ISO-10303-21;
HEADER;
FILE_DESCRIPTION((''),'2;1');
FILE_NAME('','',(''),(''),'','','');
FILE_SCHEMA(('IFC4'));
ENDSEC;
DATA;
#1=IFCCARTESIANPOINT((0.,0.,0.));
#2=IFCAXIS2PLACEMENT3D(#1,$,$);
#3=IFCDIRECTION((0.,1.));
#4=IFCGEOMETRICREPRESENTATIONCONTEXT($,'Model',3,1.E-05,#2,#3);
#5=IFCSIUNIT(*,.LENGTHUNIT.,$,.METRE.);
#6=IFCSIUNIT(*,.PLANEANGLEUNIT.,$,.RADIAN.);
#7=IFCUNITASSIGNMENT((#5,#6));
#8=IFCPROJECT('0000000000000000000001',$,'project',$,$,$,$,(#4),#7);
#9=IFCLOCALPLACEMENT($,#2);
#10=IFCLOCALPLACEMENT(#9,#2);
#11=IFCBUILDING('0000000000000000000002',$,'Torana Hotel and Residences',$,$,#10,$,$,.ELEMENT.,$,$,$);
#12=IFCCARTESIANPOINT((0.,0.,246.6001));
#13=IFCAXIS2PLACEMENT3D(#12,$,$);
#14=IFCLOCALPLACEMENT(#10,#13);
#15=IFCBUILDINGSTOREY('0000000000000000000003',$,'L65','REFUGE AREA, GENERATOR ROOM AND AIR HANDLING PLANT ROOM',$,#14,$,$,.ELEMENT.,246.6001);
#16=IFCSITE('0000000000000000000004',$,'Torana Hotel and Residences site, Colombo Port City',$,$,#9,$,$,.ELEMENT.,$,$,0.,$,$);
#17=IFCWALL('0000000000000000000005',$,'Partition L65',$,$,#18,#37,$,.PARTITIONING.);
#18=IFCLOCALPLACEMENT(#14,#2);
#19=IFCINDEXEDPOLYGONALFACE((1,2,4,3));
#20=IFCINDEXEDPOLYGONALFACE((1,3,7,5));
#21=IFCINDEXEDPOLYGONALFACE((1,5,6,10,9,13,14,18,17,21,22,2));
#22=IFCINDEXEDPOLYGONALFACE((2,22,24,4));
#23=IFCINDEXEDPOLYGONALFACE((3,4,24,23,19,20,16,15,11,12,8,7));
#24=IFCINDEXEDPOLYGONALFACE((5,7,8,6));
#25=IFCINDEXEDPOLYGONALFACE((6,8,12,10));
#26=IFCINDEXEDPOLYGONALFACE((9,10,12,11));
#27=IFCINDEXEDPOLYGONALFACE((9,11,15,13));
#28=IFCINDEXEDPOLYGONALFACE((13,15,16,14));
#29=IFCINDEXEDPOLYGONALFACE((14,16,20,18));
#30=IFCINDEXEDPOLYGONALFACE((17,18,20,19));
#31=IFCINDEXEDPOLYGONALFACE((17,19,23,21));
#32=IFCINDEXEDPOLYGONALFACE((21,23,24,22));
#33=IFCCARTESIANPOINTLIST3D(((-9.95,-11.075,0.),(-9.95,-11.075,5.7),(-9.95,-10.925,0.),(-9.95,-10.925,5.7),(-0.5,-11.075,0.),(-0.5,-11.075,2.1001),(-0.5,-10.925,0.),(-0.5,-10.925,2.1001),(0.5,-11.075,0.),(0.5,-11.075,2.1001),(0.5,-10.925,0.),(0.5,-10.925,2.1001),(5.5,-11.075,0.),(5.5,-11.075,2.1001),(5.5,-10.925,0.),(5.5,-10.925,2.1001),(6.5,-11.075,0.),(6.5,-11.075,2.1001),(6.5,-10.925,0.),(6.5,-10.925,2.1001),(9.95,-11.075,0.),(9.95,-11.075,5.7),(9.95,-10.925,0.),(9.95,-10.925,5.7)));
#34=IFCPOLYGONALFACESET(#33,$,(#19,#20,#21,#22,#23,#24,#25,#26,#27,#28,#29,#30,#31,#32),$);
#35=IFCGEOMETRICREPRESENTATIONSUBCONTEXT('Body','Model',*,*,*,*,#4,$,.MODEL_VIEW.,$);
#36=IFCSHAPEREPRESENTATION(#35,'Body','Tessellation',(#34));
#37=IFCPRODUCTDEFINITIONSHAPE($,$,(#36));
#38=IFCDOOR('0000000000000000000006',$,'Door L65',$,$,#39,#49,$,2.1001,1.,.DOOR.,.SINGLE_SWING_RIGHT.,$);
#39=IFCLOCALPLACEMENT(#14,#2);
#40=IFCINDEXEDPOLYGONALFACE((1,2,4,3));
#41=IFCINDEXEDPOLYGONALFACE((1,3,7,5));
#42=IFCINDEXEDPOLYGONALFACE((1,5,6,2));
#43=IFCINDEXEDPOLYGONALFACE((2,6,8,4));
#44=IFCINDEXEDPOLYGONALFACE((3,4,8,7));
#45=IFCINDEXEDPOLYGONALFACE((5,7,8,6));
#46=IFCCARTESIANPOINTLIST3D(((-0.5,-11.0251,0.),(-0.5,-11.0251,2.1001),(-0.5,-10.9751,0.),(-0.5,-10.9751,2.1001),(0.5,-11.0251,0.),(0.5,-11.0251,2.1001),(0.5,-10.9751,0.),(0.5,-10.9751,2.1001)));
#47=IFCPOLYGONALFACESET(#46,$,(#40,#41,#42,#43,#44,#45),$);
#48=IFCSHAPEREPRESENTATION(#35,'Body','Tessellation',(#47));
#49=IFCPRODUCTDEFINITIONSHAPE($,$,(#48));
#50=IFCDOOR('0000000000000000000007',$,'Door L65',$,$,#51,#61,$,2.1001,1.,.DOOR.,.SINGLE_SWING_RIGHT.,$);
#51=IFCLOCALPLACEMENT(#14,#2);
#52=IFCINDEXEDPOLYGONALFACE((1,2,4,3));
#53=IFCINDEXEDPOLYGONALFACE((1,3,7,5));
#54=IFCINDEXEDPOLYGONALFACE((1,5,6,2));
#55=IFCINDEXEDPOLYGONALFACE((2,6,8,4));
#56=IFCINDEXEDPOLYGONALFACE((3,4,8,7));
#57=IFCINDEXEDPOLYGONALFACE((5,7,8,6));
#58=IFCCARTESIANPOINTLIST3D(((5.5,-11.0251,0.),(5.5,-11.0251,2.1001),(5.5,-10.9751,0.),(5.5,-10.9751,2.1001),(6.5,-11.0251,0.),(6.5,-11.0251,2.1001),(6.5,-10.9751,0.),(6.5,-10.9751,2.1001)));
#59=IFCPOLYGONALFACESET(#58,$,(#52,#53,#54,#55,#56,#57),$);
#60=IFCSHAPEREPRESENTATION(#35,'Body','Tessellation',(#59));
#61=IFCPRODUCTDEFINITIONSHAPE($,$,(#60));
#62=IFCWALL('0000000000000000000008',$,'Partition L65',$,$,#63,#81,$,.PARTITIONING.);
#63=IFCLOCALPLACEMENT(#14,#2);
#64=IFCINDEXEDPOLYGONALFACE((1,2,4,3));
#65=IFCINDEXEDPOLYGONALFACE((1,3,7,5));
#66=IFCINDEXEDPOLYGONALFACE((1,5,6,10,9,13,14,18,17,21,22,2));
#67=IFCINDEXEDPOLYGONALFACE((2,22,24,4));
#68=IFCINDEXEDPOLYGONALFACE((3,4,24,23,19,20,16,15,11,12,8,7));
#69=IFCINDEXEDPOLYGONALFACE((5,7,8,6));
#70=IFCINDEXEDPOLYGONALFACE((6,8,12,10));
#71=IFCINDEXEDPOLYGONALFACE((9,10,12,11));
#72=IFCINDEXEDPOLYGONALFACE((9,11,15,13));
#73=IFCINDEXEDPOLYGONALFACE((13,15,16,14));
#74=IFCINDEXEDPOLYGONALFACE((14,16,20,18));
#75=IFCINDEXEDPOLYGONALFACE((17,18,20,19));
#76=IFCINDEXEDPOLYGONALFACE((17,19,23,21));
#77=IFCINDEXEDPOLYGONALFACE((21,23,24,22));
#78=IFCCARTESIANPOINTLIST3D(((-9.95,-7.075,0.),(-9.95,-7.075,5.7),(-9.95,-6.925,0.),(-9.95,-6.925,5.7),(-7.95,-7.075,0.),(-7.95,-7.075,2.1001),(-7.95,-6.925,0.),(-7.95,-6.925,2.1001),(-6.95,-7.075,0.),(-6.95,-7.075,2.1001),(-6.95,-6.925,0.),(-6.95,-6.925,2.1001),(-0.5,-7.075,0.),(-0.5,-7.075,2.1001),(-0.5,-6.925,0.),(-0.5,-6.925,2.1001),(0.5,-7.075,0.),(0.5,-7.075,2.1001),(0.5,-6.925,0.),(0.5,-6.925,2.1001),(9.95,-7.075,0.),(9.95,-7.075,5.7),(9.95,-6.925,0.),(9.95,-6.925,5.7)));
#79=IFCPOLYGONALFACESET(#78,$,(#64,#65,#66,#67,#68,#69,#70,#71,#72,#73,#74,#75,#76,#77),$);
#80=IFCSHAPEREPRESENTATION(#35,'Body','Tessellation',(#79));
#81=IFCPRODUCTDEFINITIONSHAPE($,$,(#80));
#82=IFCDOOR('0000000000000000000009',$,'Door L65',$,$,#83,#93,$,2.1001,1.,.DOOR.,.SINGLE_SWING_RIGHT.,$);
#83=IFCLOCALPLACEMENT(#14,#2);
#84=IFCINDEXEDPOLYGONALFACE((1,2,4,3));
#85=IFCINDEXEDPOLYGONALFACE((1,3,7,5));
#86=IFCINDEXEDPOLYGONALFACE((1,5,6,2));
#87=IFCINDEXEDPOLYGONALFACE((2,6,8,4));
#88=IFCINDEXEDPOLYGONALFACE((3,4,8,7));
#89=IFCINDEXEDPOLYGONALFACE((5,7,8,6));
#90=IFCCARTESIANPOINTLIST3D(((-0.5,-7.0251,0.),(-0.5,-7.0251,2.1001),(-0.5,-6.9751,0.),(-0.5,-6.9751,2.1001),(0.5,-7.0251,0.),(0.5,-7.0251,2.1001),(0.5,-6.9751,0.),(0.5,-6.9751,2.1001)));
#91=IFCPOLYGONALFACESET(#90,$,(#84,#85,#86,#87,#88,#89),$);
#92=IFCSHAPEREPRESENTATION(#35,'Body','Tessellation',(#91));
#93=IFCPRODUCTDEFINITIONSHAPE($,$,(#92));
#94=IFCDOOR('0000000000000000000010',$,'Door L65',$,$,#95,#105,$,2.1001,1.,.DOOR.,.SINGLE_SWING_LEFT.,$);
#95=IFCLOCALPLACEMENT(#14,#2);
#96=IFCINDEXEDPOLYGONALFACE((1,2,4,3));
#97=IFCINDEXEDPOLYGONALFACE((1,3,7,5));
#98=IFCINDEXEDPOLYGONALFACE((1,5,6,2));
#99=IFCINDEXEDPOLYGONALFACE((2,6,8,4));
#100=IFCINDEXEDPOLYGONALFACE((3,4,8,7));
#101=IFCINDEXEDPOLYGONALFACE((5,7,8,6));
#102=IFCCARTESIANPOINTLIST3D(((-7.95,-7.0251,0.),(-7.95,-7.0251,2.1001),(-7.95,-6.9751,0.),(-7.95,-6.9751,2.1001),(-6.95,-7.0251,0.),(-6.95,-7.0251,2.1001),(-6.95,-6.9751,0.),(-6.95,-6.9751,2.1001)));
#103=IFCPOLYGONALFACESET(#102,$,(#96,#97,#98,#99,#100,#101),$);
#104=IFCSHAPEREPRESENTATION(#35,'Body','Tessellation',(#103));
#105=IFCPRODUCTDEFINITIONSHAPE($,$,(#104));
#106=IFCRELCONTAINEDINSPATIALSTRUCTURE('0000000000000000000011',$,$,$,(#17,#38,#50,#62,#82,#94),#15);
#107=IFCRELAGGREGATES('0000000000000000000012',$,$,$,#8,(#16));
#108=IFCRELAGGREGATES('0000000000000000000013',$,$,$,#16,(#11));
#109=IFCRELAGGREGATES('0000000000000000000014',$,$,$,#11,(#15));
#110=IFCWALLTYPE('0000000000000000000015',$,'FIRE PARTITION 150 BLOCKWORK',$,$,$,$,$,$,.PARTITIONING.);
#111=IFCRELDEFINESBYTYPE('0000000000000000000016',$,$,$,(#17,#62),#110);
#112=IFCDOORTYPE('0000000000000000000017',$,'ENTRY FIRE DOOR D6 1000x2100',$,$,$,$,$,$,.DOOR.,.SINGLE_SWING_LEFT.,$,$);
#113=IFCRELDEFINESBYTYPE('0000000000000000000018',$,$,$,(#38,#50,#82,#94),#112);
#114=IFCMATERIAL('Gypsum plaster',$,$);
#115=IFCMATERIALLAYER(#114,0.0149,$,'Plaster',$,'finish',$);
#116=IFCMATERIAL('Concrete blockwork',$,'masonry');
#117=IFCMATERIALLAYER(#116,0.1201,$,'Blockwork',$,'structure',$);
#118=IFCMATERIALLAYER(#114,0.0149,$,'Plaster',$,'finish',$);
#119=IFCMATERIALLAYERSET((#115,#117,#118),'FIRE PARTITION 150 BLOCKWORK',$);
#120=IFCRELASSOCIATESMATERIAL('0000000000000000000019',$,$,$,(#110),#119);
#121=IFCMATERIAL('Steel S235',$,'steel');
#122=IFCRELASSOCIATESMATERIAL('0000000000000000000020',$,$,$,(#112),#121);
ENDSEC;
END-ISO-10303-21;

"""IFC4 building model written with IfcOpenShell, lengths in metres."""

from ifc_helpers import new_model, si_unit, direction, frame, frame_2d, origin, place, context, subcontext, project, spatial, rectangle, extrude, material, layer, layer_set, type_object, element, fill, save


model = new_model("IFC4")

# Units and contexts
model_context = context("Model", 3, precision=1e-05, world=origin(), true_north=direction((0.0, 1.0)))
body_context = subcontext(model_context, "Body", "Model", "MODEL_VIEW")
ifc_project = project(units=[si_unit("LENGTHUNIT", "METRE"), si_unit("PLANEANGLEUNIT", "RADIAN")], contexts=[model_context])

# Site, building, storey
site_placement = place(None, origin())
site = spatial("IfcSite", under=ifc_project, at=site_placement, Name="Torana Hotel and Residences site, Colombo Port City", CompositionType="ELEMENT", RefElevation=0.0)
building_placement = place(site_placement, origin())
building = spatial("IfcBuilding", under=site, at=building_placement, Name="Torana Hotel and Residences", CompositionType="ELEMENT")
storey_placement = place(building_placement, frame((0.0, 0.0, 246.6001)))
storey = spatial("IfcBuildingStorey", under=building, at=storey_placement, Name="L65", Description="REFUGE AREA, GENERATOR ROOM AND AIR HANDLING PLANT ROOM", CompositionType="ELEMENT", Elevation=246.6001)

# Shared definitions
ifc_material_1 = material(Name="Gypsum plaster")
ifc_layer_1 = layer(ifc_material_1, 0.0149, Name="Plaster", Category="finish")
ifc_material_2 = material(Name="Concrete blockwork", Category="masonry")
ifc_layer_2 = layer(ifc_material_2, 0.1201, Name="Blockwork", Category="structure")
ifc_layer_3 = layer(ifc_material_1, 0.0149, Name="Plaster", Category="finish")
ifc_layer_set_1 = layer_set([ifc_layer_1, ifc_layer_2, ifc_layer_3], Name="FIRE PARTITION 150 BLOCKWORK")
wall_type_1 = type_object("IfcWallType", Name="FIRE PARTITION 150 BLOCKWORK", PredefinedType="PARTITIONING", material=ifc_layer_set_1)

# Walls, openings, doors
wall_1_placement = place(storey_placement, frame((-9.95, -11.0, 0.0), z_axis=(0.0, 0.0, 1.0), x_axis=(1.0, 0.0, 0.0)))
wall_1 = element("IfcWall", 1, at=wall_1_placement, inside=storey, type_object=wall_type_1, Name="Partition L65", PredefinedType="PARTITIONING", context=body_context, shape_type="SweptSolid", body=[
    extrude(rectangle(XDim=19.8999, YDim=0.1499, at=frame_2d((9.95, 0.0))), origin(), (0.0, 0.0, 1.0), 5.7),
])
opening_1_placement = place(wall_1_placement, frame((9.45, 0.0, 0.0)))
opening_1 = element("IfcOpeningElement", 2, at=opening_1_placement, cuts=wall_1, PredefinedType="OPENING", context=body_context, shape_type="SweptSolid", body=[
    extrude(rectangle(XDim=1.0, YDim=2.1001, at=frame_2d((0.5, 1.05))), frame((0.0, 0.085, 0.0), z_axis=(0.0, -1.0, 0.0), x_axis=(1.0, 0.0, 0.0)), (0.0, 0.0, 1.0), 0.1699),
])
opening_2_placement = place(wall_1_placement, frame((15.45, 0.0, 0.0)))
opening_2 = element("IfcOpeningElement", 3, at=opening_2_placement, cuts=wall_1, PredefinedType="OPENING", context=body_context, shape_type="SweptSolid", body=[
    extrude(rectangle(XDim=1.0, YDim=2.1001, at=frame_2d((0.5, 1.05))), frame((0.0, 0.085, 0.0), z_axis=(0.0, -1.0, 0.0), x_axis=(1.0, 0.0, 0.0)), (0.0, 0.0, 1.0), 0.1699),
])
ifc_material_3 = material(Name="Steel S235", Category="steel")
door_type = type_object("IfcDoorType", Name="ENTRY FIRE DOOR D6 1000x2100", OperationType="SINGLE_SWING_LEFT", PredefinedType="DOOR", material=ifc_material_3)
door_1_placement = place(opening_1_placement, origin())
door_1 = element("IfcDoor", 4, at=door_1_placement, inside=storey, type_object=door_type, Name="Door L65", OperationType="SINGLE_SWING_RIGHT", OverallHeight=2.1001, OverallWidth=1.0, PredefinedType="DOOR", context=body_context, shape_type="SweptSolid", body=[
    extrude(rectangle(XDim=1.0, YDim=2.1001, at=frame_2d((0.5, 1.05))), frame((0.0, 0.0249, 0.0), z_axis=(0.0, -1.0, 0.0), x_axis=(1.0, 0.0, 0.0)), (0.0, 0.0, 1.0), 0.05),
])
fill(opening_1, door_1)
door_2_placement = place(opening_2_placement, origin())
door_2 = element("IfcDoor", 5, at=door_2_placement, inside=storey, type_object=door_type, Name="Door L65", OperationType="SINGLE_SWING_RIGHT", OverallHeight=2.1001, OverallWidth=1.0, PredefinedType="DOOR", context=body_context, shape_type="SweptSolid", body=[
    extrude(rectangle(XDim=1.0, YDim=2.1001, at=frame_2d((0.5, 1.05))), frame((0.0, 0.0249, 0.0), z_axis=(0.0, -1.0, 0.0), x_axis=(1.0, 0.0, 0.0)), (0.0, 0.0, 1.0), 0.05),
])
fill(opening_2, door_2)
wall_2_placement = place(storey_placement, frame((-9.95, -7.0, 0.0), z_axis=(0.0, 0.0, 1.0), x_axis=(1.0, 0.0, 0.0)))
wall_2 = element("IfcWall", 6, at=wall_2_placement, inside=storey, type_object=wall_type_1, Name="Partition L65", PredefinedType="PARTITIONING", context=body_context, shape_type="SweptSolid", body=[
    extrude(rectangle(XDim=19.8999, YDim=0.1499, at=frame_2d((9.95, 0.0))), origin(), (0.0, 0.0, 1.0), 5.7),
])
opening_3_placement = place(wall_2_placement, frame((9.45, 0.0, 0.0)))
opening_3 = element("IfcOpeningElement", 7, at=opening_3_placement, cuts=wall_2, PredefinedType="OPENING", context=body_context, shape_type="SweptSolid", body=[
    extrude(rectangle(XDim=1.0, YDim=2.1001, at=frame_2d((0.5, 1.05))), frame((0.0, 0.085, 0.0), z_axis=(0.0, -1.0, 0.0), x_axis=(1.0, 0.0, 0.0)), (0.0, 0.0, 1.0), 0.1699),
])
opening_4_placement = place(wall_2_placement, frame((2.0, 0.0, 0.0)))
opening_4 = element("IfcOpeningElement", 8, at=opening_4_placement, cuts=wall_2, PredefinedType="OPENING", context=body_context, shape_type="SweptSolid", body=[
    extrude(rectangle(XDim=1.0, YDim=2.1001, at=frame_2d((0.5, 1.05))), frame((0.0, 0.085, 0.0), z_axis=(0.0, -1.0, 0.0), x_axis=(1.0, 0.0, 0.0)), (0.0, 0.0, 1.0), 0.1699),
])
door_3_placement = place(opening_3_placement, origin())
door_3 = element("IfcDoor", 9, at=door_3_placement, inside=storey, type_object=door_type, Name="Door L65", OperationType="SINGLE_SWING_RIGHT", OverallHeight=2.1001, OverallWidth=1.0, PredefinedType="DOOR", context=body_context, shape_type="SweptSolid", body=[
    extrude(rectangle(XDim=1.0, YDim=2.1001, at=frame_2d((0.5, 1.05))), frame((0.0, 0.0249, 0.0), z_axis=(0.0, -1.0, 0.0), x_axis=(1.0, 0.0, 0.0)), (0.0, 0.0, 1.0), 0.05),
])
fill(opening_3, door_3)
door_4_placement = place(opening_4_placement, frame((0.5, 0.0, 0.0), z_axis=(0.0, 0.0, 1.0), x_axis=(-1.0, 0.0, 0.0)))
door_4 = element("IfcDoor", 10, at=door_4_placement, inside=storey, type_object=door_type, Name="Door L65", OperationType="SINGLE_SWING_LEFT", OverallHeight=2.1001, OverallWidth=1.0, PredefinedType="DOOR", context=body_context, shape_type="SweptSolid", body=[
    extrude(rectangle(XDim=1.0, YDim=2.1001, at=frame_2d((0.0, 1.05))), frame((0.0, -0.0249, 0.0), z_axis=(0.0, 1.0, 0.0), x_axis=(-1.0, 0.0, 0.0)), (0.0, 0.0, 1.0), 0.05),
])
fill(opening_4, door_4)

save(model, "model.ifc")
